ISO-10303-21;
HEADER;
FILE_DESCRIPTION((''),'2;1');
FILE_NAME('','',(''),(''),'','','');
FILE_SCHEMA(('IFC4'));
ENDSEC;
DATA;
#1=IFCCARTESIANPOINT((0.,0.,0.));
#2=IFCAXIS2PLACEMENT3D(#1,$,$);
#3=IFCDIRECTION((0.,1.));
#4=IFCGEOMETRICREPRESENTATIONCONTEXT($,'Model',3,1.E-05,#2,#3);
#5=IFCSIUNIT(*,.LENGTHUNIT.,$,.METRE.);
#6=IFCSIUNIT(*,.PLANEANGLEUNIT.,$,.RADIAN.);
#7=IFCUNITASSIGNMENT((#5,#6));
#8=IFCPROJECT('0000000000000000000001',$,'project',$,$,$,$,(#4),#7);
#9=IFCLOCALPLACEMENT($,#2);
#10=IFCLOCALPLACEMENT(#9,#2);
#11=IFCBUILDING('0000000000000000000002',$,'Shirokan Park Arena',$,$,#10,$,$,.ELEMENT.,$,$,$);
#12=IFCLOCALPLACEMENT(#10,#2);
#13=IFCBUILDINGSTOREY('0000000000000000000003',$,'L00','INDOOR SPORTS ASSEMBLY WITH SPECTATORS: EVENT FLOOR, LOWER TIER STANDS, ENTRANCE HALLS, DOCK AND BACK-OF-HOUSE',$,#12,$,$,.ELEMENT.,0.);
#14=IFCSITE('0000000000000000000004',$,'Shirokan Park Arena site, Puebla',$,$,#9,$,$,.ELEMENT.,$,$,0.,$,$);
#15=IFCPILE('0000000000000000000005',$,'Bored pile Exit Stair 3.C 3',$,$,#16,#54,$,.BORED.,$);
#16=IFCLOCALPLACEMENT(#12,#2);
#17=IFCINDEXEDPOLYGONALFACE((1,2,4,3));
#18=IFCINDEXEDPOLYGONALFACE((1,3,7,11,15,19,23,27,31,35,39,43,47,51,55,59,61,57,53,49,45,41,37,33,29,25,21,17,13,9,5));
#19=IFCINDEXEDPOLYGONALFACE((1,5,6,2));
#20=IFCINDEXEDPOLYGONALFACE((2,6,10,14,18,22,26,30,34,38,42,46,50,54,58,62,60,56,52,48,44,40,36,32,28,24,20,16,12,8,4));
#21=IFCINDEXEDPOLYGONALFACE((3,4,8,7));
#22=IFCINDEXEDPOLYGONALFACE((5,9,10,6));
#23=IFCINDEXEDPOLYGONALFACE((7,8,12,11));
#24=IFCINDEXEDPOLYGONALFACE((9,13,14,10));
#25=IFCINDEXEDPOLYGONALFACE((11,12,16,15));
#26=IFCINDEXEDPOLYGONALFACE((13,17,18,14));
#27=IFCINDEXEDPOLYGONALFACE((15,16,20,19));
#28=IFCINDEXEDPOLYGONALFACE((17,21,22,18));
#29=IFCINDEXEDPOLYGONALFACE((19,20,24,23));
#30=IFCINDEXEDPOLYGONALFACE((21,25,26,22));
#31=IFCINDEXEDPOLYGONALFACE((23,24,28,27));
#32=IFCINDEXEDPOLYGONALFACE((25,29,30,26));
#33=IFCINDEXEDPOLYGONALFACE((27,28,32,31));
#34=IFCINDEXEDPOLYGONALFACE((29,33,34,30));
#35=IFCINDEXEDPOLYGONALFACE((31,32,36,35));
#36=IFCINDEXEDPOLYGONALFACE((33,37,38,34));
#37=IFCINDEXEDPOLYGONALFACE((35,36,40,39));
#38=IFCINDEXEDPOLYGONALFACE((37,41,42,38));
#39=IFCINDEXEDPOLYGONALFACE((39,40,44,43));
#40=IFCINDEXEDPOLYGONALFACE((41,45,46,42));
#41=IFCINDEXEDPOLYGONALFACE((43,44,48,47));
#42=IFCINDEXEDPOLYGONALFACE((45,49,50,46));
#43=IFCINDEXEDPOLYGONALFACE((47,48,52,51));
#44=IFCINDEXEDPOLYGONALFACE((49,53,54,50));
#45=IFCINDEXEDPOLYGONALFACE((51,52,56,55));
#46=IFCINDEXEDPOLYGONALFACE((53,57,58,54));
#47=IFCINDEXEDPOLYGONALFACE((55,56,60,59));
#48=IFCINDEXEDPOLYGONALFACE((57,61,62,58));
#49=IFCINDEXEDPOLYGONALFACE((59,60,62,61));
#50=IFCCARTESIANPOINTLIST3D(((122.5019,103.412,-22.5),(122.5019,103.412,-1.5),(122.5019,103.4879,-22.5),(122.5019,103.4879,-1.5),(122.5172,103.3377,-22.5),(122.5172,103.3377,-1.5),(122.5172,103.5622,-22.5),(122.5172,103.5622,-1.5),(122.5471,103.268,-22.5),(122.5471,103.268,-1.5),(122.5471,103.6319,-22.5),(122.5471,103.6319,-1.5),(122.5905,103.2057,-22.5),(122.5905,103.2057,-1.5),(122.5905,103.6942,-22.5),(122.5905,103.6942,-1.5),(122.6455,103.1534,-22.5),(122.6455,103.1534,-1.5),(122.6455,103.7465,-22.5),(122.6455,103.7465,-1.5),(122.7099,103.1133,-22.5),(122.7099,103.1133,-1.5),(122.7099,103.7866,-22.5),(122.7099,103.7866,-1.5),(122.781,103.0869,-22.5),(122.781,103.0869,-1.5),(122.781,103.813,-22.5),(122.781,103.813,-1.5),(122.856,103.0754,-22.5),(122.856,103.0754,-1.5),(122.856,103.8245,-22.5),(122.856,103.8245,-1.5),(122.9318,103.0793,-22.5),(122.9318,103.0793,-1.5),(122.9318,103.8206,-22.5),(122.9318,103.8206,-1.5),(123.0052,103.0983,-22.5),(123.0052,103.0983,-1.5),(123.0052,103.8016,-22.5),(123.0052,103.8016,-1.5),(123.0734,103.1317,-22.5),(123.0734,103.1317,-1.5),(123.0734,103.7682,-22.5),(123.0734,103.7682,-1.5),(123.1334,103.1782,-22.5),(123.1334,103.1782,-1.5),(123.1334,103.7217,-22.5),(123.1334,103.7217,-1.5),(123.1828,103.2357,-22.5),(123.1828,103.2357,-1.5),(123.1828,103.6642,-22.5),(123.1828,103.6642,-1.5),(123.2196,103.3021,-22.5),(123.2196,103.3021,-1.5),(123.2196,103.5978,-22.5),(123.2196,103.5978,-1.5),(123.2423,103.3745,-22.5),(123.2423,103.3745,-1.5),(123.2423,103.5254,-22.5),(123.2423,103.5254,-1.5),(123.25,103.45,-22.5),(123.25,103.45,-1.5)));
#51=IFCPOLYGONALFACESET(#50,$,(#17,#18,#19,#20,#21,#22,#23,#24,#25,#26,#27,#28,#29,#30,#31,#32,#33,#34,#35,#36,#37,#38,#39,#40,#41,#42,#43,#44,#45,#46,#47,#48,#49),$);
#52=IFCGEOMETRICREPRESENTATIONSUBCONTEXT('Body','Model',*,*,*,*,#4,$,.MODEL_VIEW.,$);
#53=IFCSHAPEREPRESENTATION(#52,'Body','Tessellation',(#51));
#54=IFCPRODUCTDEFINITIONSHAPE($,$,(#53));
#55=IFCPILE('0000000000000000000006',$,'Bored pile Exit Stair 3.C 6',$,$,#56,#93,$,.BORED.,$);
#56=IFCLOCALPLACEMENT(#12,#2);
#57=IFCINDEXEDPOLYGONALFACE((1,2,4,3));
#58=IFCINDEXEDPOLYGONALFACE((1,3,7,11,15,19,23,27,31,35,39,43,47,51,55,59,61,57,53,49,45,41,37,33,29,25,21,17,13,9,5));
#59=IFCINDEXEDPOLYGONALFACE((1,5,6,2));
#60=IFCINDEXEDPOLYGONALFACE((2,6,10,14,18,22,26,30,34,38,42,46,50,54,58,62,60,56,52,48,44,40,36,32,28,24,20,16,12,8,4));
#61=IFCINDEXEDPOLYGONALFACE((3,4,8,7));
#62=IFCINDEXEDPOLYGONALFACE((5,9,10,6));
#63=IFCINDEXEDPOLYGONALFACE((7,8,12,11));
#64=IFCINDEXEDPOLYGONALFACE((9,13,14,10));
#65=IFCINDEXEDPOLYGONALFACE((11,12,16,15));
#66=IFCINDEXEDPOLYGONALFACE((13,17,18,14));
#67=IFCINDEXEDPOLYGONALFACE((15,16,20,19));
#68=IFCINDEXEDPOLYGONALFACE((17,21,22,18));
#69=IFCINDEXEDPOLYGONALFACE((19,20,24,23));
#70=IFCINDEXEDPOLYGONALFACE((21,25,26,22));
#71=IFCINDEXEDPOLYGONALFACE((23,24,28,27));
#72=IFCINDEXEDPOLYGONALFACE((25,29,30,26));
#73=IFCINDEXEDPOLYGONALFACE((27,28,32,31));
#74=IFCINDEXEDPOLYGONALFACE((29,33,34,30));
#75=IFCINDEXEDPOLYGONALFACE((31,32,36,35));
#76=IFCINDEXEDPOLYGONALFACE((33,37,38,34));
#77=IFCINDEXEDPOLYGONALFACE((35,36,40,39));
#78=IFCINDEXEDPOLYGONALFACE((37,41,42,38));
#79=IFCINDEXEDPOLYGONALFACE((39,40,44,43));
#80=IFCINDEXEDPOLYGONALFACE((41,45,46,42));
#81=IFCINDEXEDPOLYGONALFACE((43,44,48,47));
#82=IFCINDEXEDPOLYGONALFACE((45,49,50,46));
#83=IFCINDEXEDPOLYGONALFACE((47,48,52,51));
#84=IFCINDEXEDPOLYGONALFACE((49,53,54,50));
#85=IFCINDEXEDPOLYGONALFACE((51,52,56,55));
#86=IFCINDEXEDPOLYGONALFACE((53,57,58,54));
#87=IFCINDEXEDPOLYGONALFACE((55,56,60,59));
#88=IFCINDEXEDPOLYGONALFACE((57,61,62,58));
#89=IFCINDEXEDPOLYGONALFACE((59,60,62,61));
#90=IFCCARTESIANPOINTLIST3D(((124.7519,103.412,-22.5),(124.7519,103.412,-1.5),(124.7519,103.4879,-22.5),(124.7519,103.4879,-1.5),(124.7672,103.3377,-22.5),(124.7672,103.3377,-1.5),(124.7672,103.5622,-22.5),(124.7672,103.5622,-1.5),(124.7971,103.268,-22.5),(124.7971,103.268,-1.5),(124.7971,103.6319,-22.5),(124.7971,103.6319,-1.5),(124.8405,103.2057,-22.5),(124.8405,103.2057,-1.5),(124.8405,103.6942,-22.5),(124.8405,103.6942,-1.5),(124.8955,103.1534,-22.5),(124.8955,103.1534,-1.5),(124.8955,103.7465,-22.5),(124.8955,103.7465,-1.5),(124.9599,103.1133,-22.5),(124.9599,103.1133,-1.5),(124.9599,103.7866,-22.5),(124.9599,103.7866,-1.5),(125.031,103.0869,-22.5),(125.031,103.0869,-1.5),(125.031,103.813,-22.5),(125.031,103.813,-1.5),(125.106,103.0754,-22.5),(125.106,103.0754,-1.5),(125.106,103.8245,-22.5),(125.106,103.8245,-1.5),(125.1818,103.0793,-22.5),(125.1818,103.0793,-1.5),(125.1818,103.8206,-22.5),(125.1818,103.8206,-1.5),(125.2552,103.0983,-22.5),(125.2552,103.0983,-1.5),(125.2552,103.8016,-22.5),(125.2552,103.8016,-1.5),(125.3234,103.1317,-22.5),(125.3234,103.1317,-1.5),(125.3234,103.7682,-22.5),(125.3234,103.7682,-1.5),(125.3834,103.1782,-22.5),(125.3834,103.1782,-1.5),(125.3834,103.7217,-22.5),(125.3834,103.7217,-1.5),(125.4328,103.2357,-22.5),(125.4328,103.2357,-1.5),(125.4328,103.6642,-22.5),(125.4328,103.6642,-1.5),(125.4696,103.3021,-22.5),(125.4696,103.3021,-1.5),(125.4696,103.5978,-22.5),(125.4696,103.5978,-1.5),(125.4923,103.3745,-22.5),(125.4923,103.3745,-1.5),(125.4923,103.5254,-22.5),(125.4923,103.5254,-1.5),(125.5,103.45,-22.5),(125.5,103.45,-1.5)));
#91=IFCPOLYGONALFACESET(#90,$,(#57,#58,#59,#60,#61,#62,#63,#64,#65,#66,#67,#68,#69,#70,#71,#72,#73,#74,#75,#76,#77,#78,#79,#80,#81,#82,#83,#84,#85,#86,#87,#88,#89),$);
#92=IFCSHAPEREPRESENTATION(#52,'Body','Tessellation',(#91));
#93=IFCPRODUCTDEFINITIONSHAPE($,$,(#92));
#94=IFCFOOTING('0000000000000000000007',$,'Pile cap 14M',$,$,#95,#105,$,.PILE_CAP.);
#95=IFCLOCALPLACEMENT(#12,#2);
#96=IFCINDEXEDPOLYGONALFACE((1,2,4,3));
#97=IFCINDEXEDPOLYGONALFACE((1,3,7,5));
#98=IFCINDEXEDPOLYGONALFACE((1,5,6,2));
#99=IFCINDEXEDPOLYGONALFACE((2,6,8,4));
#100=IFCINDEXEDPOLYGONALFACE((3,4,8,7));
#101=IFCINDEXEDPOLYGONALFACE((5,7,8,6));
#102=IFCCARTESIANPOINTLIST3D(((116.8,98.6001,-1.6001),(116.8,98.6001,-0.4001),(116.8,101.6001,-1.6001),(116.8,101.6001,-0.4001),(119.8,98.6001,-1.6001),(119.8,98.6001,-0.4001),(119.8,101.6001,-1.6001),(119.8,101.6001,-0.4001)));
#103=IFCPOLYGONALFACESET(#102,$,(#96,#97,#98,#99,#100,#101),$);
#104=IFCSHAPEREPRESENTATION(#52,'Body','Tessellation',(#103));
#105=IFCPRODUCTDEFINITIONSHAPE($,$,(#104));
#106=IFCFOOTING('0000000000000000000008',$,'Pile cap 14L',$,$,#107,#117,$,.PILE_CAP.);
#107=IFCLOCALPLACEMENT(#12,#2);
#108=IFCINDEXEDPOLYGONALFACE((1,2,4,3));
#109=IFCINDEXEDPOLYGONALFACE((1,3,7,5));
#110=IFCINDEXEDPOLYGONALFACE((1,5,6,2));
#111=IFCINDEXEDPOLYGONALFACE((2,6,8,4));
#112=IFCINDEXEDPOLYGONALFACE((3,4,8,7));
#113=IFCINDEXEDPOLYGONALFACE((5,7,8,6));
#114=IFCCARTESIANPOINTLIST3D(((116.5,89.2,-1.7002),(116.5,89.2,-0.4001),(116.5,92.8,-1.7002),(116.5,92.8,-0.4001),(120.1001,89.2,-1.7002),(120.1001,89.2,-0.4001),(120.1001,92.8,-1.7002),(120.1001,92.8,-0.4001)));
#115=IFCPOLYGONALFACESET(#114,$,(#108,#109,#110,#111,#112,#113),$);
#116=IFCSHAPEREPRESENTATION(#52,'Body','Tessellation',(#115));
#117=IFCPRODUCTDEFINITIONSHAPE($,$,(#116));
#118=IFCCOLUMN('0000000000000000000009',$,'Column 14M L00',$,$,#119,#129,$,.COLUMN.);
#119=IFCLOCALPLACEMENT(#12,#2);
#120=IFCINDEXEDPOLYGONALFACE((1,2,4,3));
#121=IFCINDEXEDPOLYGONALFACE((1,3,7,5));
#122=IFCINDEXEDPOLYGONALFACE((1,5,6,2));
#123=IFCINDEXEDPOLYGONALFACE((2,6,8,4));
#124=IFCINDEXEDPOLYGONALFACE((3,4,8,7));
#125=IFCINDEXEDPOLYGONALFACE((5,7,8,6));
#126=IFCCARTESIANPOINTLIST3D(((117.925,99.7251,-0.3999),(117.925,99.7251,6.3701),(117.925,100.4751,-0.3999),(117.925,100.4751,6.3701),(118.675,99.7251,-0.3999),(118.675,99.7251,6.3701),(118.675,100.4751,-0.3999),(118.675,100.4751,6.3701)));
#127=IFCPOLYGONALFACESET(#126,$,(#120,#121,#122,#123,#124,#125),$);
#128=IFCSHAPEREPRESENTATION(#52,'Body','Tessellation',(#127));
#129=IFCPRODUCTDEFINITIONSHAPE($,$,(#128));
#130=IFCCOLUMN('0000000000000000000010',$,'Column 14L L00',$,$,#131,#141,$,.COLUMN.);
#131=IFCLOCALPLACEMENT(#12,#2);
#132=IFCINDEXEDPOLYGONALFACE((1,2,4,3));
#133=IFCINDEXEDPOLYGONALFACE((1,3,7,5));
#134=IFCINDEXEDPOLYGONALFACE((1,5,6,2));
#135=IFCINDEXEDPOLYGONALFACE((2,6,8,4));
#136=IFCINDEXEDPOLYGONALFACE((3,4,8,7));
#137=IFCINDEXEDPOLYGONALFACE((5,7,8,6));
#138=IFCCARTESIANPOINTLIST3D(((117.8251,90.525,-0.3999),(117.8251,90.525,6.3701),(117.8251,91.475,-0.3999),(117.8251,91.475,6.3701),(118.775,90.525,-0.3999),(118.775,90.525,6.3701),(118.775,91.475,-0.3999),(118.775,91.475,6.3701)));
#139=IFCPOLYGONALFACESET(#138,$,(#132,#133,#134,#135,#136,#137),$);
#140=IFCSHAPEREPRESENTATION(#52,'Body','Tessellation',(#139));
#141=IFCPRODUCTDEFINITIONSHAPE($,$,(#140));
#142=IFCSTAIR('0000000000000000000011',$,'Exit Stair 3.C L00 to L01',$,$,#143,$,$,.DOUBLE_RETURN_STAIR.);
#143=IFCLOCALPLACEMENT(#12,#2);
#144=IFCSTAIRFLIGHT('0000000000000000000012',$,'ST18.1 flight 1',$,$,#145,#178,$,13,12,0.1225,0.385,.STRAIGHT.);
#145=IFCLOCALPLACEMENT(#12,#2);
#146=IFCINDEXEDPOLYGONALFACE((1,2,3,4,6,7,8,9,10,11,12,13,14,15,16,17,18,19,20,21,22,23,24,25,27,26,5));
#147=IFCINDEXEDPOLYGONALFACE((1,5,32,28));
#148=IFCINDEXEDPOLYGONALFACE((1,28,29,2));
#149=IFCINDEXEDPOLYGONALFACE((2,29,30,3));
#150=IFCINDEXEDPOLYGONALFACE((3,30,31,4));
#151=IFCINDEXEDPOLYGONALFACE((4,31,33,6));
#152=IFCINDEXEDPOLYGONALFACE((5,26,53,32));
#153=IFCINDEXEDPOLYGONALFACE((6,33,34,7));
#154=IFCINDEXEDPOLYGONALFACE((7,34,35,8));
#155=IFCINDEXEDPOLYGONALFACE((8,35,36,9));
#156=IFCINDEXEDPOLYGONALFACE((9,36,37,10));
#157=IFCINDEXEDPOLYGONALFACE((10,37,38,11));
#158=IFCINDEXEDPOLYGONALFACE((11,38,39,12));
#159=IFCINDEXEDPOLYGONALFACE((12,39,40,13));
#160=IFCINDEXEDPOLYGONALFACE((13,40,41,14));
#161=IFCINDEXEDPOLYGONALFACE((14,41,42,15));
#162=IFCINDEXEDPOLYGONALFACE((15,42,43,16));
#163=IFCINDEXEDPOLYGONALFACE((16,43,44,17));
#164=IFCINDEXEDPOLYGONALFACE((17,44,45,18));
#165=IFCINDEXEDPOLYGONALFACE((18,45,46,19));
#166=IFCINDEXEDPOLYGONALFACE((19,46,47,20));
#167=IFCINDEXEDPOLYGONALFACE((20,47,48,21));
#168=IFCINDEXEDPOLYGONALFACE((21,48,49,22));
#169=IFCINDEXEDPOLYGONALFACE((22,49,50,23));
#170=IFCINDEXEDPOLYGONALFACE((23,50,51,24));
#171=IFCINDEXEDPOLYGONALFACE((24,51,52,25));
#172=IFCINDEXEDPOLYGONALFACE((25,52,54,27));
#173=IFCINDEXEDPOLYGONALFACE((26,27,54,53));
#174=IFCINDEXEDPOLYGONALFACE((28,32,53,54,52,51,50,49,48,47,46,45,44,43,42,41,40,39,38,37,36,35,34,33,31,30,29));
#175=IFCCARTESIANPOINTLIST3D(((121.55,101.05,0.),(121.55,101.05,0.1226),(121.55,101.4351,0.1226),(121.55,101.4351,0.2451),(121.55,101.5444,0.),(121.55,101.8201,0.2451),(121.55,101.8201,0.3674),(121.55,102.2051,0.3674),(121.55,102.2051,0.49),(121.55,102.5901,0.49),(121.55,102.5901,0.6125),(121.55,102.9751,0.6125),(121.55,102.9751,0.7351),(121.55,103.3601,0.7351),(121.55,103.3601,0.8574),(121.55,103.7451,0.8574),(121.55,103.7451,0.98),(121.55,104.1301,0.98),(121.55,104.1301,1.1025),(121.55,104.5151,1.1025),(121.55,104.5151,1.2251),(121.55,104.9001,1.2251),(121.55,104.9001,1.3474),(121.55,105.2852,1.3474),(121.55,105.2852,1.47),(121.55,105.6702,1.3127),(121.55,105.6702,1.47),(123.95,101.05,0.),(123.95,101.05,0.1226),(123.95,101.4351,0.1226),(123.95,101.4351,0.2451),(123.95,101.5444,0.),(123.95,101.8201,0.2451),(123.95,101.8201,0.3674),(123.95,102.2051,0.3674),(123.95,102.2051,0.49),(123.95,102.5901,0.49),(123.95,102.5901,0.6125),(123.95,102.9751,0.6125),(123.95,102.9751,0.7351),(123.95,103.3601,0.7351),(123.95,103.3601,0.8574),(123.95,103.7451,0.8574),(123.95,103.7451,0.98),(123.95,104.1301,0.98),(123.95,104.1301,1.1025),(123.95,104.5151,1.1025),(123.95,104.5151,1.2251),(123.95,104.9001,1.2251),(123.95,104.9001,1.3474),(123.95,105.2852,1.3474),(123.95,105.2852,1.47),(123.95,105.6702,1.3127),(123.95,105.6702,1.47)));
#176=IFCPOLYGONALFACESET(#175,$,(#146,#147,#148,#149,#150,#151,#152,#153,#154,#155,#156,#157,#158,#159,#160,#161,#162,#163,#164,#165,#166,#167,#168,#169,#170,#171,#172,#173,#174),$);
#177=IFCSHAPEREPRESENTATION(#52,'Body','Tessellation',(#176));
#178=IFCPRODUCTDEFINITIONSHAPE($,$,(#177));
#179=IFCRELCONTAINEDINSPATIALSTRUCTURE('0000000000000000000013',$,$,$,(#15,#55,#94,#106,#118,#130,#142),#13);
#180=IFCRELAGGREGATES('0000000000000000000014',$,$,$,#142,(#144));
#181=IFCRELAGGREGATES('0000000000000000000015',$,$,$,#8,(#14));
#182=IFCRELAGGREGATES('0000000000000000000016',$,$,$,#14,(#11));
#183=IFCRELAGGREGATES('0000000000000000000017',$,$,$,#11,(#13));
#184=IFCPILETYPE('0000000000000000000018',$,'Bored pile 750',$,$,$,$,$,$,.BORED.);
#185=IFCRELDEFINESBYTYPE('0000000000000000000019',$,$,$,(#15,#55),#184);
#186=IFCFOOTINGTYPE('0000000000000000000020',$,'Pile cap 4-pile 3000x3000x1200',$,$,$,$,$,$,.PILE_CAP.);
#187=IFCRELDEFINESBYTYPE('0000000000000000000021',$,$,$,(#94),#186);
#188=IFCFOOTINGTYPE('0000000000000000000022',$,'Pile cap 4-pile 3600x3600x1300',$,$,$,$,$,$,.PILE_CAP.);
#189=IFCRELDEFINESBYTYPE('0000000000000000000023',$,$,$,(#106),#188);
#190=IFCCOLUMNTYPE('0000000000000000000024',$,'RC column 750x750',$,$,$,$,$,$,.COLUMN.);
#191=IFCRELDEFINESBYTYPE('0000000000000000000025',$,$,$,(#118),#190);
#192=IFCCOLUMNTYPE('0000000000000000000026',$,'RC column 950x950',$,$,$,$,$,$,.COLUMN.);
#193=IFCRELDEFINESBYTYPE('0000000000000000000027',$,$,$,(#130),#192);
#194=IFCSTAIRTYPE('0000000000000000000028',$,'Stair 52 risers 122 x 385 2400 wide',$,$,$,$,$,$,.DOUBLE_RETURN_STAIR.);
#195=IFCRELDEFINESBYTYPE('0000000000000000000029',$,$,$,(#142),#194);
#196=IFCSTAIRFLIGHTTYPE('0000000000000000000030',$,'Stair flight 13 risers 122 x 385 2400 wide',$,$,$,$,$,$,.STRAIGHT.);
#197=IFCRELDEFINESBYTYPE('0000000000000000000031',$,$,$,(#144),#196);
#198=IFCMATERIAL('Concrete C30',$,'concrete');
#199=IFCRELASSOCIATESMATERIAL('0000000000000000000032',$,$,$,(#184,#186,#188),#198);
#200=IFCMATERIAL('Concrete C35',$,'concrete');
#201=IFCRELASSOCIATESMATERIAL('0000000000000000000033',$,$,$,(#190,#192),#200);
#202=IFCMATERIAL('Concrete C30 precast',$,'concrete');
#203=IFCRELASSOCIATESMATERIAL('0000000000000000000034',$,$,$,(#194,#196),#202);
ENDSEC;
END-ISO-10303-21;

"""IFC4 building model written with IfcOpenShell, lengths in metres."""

from ifc_helpers import new_model, si_unit, direction, frame, origin, origin_2d, place, context, subcontext, project, spatial, polyline, rectangle, circle, outline, extrude, material, material_profile, profile_set, type_object, element, aggregate, save


model = new_model("IFC4")

# Units and contexts
model_context = context("Model", 3, precision=1e-05, world=origin(), true_north=direction((0.0, 1.0)))
body_context = subcontext(model_context, "Body", "Model", "MODEL_VIEW")
ifc_project = project(units=[si_unit("LENGTHUNIT", "METRE"), si_unit("PLANEANGLEUNIT", "RADIAN")], contexts=[model_context])

# Site, building, storey
site_placement = place(None, origin())
site = spatial("IfcSite", under=ifc_project, at=site_placement, Name="Shirokan Park Arena site, Puebla", CompositionType="ELEMENT", RefElevation=0.0)
building_placement = place(site_placement, origin())
building = spatial("IfcBuilding", under=site, at=building_placement, Name="Shirokan Park Arena", CompositionType="ELEMENT")
storey_placement = place(building_placement, origin())
storey = spatial("IfcBuildingStorey", under=building, at=storey_placement, Name="L00", Description="INDOOR SPORTS ASSEMBLY WITH SPECTATORS: EVENT FLOOR, LOWER TIER STANDS, ENTRANCE HALLS, DOCK AND BACK-OF-HOUSE", CompositionType="ELEMENT", Elevation=0.0)

# Piles
ifc_material_1 = material(Name="Concrete C30", Category="concrete")
ifc_material_profile_1 = material_profile(ifc_material_1, circle(Radius=0.375, at=origin_2d()), Name="D750")
ifc_profile_set_1 = profile_set([ifc_material_profile_1], Name="Concrete C30")
pile_type_1 = type_object("IfcPileType", Name="Bored pile 750", PredefinedType="BORED", material=ifc_profile_set_1)
for number, where, z_axis, x_axis, name in (
    (1, (122.875, 103.45, -1.5), (0.0, 0.0, -1.0), (1.0, 0.0, 0.0), "Bored pile Exit Stair 3.C 3"),
    (2, (125.125, 103.45, -1.5), (0.0, 0.0, -1.0), (1.0, 0.0, 0.0), "Bored pile Exit Stair 3.C 6"),
):
    element("IfcPile", number, at=place(storey_placement, frame(where, z_axis=z_axis, x_axis=x_axis)), inside=storey, type_object=pile_type_1, Name=name, PredefinedType="BORED", context=body_context, shape_type="SweptSolid", body=[
        extrude(circle(Radius=0.375, at=origin_2d()), origin(), (0.0, 0.0, 1.0), 21.0),
    ])

# Footings
footing_type_1 = type_object("IfcFootingType", Name="Pile cap 4-pile 3000x3000x1200", PredefinedType="PILE_CAP", material=ifc_material_1)
footing_1_placement = place(storey_placement, frame((118.3, 100.1001, -1.6001), z_axis=(0.0, 0.0, 1.0), x_axis=(1.0, 0.0, 0.0)))
element("IfcFooting", 3, at=footing_1_placement, inside=storey, type_object=footing_type_1, Name="Pile cap 14M", PredefinedType="PILE_CAP", context=body_context, shape_type="SweptSolid", body=[
    extrude(rectangle(XDim=3.0, YDim=3.0, at=origin_2d()), origin(), (0.0, 0.0, 1.0), 1.2),
])
footing_type_2 = type_object("IfcFootingType", Name="Pile cap 4-pile 3600x3600x1300", PredefinedType="PILE_CAP", material=ifc_material_1)
footing_2_placement = place(storey_placement, frame((118.3, 91.0, -1.7002), z_axis=(0.0, 0.0, 1.0), x_axis=(1.0, 0.0, 0.0)))
element("IfcFooting", 4, at=footing_2_placement, inside=storey, type_object=footing_type_2, Name="Pile cap 14L", PredefinedType="PILE_CAP", context=body_context, shape_type="SweptSolid", body=[
    extrude(rectangle(XDim=3.6001, YDim=3.6001, at=origin_2d()), origin(), (0.0, 0.0, 1.0), 1.3),
])

# Columns
ifc_material_2 = material(Name="Concrete C35", Category="concrete")
ifc_material_profile_2 = material_profile(ifc_material_2, rectangle(XDim=0.75, YDim=0.75, at=origin_2d()), Name="750x750")
ifc_profile_set_2 = profile_set([ifc_material_profile_2], Name="Concrete C35")
column_type_1 = type_object("IfcColumnType", Name="RC column 750x750", PredefinedType="COLUMN", material=ifc_profile_set_2)
column_1_placement = place(storey_placement, frame((118.3, 100.1001, -0.3999), z_axis=(0.0, 0.0, 1.0), x_axis=(1.0, 0.0, 0.0)))
element("IfcColumn", 5, at=column_1_placement, inside=storey, type_object=column_type_1, Name="Column 14M L00", PredefinedType="COLUMN", context=body_context, shape_type="SweptSolid", body=[
    extrude(rectangle(XDim=0.75, YDim=0.75, at=origin_2d()), origin(), (0.0, 0.0, 1.0), 6.77),
])
ifc_material_profile_3 = material_profile(ifc_material_2, rectangle(XDim=0.95, YDim=0.95, at=origin_2d()), Name="950x950")
ifc_profile_set_3 = profile_set([ifc_material_profile_3], Name="Concrete C35")
column_type_2 = type_object("IfcColumnType", Name="RC column 950x950", PredefinedType="COLUMN", material=ifc_profile_set_3)
column_2_placement = place(storey_placement, frame((118.3, 91.0, -0.3999), z_axis=(0.0, 0.0, 1.0), x_axis=(1.0, 0.0, 0.0)))
element("IfcColumn", 6, at=column_2_placement, inside=storey, type_object=column_type_2, Name="Column 14L L00", PredefinedType="COLUMN", context=body_context, shape_type="SweptSolid", body=[
    extrude(rectangle(XDim=0.95, YDim=0.95, at=origin_2d()), origin(), (0.0, 0.0, 1.0), 6.77),
])

# Stair, stair flight
ifc_material_3 = material(Name="Concrete C30 precast", Category="concrete")
stair_type = type_object("IfcStairType", Name="Stair 52 risers 122 x 385 2400 wide", PredefinedType="DOUBLE_RETURN_STAIR", material=ifc_material_3)
stair_placement = place(storey_placement, origin())
stair = element("IfcStair", 7, at=stair_placement, inside=storey, type_object=stair_type, Name="Exit Stair 3.C L00 to L01", PredefinedType="DOUBLE_RETURN_STAIR")
stair_flight_type = type_object("IfcStairFlightType", Name="Stair flight 13 risers 122 x 385 2400 wide", PredefinedType="STRAIGHT", material=ifc_material_3)
stair_flight_1_placement = place(storey_placement, frame((122.75, 101.05, 0.0), z_axis=(0.0, 0.0, 1.0), x_axis=(0.0, 1.0, 0.0)))
stair_flight_1 = element("IfcStairFlight", 8, at=stair_flight_1_placement, type_object=stair_flight_type, Name="ST18.1 flight 1", NumberOfRisers=13, NumberOfTreads=12, PredefinedType="STRAIGHT", RiserHeight=0.1225, TreadLength=0.385, context=body_context, shape_type="SweptSolid", body=[
    extrude(outline(polyline([(0.0, 0.0), (0.0, 0.1226), (0.385, 0.1226), (0.385, 0.2451), (0.77, 0.2451), (0.77, 0.3674), (1.155, 0.3674), (1.155, 0.49), (1.54, 0.49), (1.54, 0.6125), (1.925, 0.6125), (1.925, 0.7351), (2.3101, 0.7351), (2.3101, 0.8574), (2.6951, 0.8574), (2.6951, 0.98), (3.0801, 0.98), (3.0801, 1.1025), (3.4651, 1.1025), (3.4651, 1.2251), (3.8501, 1.2251), (3.8501, 1.3474), (4.2351, 1.3474), (4.2351, 1.47), (4.6201, 1.47), (4.6201, 1.5925), (4.6201, 1.3127), (0.4944, 0.0), (0.0, 0.0)])), frame((0.0, 1.2, 0.0), z_axis=(0.0, -1.0, 0.0), x_axis=(1.0, 0.0, 0.0)), (0.0, 0.0, 1.0), 2.3999),
])
aggregate(stair, [stair_flight_1])

save(model, "model.ifc")
